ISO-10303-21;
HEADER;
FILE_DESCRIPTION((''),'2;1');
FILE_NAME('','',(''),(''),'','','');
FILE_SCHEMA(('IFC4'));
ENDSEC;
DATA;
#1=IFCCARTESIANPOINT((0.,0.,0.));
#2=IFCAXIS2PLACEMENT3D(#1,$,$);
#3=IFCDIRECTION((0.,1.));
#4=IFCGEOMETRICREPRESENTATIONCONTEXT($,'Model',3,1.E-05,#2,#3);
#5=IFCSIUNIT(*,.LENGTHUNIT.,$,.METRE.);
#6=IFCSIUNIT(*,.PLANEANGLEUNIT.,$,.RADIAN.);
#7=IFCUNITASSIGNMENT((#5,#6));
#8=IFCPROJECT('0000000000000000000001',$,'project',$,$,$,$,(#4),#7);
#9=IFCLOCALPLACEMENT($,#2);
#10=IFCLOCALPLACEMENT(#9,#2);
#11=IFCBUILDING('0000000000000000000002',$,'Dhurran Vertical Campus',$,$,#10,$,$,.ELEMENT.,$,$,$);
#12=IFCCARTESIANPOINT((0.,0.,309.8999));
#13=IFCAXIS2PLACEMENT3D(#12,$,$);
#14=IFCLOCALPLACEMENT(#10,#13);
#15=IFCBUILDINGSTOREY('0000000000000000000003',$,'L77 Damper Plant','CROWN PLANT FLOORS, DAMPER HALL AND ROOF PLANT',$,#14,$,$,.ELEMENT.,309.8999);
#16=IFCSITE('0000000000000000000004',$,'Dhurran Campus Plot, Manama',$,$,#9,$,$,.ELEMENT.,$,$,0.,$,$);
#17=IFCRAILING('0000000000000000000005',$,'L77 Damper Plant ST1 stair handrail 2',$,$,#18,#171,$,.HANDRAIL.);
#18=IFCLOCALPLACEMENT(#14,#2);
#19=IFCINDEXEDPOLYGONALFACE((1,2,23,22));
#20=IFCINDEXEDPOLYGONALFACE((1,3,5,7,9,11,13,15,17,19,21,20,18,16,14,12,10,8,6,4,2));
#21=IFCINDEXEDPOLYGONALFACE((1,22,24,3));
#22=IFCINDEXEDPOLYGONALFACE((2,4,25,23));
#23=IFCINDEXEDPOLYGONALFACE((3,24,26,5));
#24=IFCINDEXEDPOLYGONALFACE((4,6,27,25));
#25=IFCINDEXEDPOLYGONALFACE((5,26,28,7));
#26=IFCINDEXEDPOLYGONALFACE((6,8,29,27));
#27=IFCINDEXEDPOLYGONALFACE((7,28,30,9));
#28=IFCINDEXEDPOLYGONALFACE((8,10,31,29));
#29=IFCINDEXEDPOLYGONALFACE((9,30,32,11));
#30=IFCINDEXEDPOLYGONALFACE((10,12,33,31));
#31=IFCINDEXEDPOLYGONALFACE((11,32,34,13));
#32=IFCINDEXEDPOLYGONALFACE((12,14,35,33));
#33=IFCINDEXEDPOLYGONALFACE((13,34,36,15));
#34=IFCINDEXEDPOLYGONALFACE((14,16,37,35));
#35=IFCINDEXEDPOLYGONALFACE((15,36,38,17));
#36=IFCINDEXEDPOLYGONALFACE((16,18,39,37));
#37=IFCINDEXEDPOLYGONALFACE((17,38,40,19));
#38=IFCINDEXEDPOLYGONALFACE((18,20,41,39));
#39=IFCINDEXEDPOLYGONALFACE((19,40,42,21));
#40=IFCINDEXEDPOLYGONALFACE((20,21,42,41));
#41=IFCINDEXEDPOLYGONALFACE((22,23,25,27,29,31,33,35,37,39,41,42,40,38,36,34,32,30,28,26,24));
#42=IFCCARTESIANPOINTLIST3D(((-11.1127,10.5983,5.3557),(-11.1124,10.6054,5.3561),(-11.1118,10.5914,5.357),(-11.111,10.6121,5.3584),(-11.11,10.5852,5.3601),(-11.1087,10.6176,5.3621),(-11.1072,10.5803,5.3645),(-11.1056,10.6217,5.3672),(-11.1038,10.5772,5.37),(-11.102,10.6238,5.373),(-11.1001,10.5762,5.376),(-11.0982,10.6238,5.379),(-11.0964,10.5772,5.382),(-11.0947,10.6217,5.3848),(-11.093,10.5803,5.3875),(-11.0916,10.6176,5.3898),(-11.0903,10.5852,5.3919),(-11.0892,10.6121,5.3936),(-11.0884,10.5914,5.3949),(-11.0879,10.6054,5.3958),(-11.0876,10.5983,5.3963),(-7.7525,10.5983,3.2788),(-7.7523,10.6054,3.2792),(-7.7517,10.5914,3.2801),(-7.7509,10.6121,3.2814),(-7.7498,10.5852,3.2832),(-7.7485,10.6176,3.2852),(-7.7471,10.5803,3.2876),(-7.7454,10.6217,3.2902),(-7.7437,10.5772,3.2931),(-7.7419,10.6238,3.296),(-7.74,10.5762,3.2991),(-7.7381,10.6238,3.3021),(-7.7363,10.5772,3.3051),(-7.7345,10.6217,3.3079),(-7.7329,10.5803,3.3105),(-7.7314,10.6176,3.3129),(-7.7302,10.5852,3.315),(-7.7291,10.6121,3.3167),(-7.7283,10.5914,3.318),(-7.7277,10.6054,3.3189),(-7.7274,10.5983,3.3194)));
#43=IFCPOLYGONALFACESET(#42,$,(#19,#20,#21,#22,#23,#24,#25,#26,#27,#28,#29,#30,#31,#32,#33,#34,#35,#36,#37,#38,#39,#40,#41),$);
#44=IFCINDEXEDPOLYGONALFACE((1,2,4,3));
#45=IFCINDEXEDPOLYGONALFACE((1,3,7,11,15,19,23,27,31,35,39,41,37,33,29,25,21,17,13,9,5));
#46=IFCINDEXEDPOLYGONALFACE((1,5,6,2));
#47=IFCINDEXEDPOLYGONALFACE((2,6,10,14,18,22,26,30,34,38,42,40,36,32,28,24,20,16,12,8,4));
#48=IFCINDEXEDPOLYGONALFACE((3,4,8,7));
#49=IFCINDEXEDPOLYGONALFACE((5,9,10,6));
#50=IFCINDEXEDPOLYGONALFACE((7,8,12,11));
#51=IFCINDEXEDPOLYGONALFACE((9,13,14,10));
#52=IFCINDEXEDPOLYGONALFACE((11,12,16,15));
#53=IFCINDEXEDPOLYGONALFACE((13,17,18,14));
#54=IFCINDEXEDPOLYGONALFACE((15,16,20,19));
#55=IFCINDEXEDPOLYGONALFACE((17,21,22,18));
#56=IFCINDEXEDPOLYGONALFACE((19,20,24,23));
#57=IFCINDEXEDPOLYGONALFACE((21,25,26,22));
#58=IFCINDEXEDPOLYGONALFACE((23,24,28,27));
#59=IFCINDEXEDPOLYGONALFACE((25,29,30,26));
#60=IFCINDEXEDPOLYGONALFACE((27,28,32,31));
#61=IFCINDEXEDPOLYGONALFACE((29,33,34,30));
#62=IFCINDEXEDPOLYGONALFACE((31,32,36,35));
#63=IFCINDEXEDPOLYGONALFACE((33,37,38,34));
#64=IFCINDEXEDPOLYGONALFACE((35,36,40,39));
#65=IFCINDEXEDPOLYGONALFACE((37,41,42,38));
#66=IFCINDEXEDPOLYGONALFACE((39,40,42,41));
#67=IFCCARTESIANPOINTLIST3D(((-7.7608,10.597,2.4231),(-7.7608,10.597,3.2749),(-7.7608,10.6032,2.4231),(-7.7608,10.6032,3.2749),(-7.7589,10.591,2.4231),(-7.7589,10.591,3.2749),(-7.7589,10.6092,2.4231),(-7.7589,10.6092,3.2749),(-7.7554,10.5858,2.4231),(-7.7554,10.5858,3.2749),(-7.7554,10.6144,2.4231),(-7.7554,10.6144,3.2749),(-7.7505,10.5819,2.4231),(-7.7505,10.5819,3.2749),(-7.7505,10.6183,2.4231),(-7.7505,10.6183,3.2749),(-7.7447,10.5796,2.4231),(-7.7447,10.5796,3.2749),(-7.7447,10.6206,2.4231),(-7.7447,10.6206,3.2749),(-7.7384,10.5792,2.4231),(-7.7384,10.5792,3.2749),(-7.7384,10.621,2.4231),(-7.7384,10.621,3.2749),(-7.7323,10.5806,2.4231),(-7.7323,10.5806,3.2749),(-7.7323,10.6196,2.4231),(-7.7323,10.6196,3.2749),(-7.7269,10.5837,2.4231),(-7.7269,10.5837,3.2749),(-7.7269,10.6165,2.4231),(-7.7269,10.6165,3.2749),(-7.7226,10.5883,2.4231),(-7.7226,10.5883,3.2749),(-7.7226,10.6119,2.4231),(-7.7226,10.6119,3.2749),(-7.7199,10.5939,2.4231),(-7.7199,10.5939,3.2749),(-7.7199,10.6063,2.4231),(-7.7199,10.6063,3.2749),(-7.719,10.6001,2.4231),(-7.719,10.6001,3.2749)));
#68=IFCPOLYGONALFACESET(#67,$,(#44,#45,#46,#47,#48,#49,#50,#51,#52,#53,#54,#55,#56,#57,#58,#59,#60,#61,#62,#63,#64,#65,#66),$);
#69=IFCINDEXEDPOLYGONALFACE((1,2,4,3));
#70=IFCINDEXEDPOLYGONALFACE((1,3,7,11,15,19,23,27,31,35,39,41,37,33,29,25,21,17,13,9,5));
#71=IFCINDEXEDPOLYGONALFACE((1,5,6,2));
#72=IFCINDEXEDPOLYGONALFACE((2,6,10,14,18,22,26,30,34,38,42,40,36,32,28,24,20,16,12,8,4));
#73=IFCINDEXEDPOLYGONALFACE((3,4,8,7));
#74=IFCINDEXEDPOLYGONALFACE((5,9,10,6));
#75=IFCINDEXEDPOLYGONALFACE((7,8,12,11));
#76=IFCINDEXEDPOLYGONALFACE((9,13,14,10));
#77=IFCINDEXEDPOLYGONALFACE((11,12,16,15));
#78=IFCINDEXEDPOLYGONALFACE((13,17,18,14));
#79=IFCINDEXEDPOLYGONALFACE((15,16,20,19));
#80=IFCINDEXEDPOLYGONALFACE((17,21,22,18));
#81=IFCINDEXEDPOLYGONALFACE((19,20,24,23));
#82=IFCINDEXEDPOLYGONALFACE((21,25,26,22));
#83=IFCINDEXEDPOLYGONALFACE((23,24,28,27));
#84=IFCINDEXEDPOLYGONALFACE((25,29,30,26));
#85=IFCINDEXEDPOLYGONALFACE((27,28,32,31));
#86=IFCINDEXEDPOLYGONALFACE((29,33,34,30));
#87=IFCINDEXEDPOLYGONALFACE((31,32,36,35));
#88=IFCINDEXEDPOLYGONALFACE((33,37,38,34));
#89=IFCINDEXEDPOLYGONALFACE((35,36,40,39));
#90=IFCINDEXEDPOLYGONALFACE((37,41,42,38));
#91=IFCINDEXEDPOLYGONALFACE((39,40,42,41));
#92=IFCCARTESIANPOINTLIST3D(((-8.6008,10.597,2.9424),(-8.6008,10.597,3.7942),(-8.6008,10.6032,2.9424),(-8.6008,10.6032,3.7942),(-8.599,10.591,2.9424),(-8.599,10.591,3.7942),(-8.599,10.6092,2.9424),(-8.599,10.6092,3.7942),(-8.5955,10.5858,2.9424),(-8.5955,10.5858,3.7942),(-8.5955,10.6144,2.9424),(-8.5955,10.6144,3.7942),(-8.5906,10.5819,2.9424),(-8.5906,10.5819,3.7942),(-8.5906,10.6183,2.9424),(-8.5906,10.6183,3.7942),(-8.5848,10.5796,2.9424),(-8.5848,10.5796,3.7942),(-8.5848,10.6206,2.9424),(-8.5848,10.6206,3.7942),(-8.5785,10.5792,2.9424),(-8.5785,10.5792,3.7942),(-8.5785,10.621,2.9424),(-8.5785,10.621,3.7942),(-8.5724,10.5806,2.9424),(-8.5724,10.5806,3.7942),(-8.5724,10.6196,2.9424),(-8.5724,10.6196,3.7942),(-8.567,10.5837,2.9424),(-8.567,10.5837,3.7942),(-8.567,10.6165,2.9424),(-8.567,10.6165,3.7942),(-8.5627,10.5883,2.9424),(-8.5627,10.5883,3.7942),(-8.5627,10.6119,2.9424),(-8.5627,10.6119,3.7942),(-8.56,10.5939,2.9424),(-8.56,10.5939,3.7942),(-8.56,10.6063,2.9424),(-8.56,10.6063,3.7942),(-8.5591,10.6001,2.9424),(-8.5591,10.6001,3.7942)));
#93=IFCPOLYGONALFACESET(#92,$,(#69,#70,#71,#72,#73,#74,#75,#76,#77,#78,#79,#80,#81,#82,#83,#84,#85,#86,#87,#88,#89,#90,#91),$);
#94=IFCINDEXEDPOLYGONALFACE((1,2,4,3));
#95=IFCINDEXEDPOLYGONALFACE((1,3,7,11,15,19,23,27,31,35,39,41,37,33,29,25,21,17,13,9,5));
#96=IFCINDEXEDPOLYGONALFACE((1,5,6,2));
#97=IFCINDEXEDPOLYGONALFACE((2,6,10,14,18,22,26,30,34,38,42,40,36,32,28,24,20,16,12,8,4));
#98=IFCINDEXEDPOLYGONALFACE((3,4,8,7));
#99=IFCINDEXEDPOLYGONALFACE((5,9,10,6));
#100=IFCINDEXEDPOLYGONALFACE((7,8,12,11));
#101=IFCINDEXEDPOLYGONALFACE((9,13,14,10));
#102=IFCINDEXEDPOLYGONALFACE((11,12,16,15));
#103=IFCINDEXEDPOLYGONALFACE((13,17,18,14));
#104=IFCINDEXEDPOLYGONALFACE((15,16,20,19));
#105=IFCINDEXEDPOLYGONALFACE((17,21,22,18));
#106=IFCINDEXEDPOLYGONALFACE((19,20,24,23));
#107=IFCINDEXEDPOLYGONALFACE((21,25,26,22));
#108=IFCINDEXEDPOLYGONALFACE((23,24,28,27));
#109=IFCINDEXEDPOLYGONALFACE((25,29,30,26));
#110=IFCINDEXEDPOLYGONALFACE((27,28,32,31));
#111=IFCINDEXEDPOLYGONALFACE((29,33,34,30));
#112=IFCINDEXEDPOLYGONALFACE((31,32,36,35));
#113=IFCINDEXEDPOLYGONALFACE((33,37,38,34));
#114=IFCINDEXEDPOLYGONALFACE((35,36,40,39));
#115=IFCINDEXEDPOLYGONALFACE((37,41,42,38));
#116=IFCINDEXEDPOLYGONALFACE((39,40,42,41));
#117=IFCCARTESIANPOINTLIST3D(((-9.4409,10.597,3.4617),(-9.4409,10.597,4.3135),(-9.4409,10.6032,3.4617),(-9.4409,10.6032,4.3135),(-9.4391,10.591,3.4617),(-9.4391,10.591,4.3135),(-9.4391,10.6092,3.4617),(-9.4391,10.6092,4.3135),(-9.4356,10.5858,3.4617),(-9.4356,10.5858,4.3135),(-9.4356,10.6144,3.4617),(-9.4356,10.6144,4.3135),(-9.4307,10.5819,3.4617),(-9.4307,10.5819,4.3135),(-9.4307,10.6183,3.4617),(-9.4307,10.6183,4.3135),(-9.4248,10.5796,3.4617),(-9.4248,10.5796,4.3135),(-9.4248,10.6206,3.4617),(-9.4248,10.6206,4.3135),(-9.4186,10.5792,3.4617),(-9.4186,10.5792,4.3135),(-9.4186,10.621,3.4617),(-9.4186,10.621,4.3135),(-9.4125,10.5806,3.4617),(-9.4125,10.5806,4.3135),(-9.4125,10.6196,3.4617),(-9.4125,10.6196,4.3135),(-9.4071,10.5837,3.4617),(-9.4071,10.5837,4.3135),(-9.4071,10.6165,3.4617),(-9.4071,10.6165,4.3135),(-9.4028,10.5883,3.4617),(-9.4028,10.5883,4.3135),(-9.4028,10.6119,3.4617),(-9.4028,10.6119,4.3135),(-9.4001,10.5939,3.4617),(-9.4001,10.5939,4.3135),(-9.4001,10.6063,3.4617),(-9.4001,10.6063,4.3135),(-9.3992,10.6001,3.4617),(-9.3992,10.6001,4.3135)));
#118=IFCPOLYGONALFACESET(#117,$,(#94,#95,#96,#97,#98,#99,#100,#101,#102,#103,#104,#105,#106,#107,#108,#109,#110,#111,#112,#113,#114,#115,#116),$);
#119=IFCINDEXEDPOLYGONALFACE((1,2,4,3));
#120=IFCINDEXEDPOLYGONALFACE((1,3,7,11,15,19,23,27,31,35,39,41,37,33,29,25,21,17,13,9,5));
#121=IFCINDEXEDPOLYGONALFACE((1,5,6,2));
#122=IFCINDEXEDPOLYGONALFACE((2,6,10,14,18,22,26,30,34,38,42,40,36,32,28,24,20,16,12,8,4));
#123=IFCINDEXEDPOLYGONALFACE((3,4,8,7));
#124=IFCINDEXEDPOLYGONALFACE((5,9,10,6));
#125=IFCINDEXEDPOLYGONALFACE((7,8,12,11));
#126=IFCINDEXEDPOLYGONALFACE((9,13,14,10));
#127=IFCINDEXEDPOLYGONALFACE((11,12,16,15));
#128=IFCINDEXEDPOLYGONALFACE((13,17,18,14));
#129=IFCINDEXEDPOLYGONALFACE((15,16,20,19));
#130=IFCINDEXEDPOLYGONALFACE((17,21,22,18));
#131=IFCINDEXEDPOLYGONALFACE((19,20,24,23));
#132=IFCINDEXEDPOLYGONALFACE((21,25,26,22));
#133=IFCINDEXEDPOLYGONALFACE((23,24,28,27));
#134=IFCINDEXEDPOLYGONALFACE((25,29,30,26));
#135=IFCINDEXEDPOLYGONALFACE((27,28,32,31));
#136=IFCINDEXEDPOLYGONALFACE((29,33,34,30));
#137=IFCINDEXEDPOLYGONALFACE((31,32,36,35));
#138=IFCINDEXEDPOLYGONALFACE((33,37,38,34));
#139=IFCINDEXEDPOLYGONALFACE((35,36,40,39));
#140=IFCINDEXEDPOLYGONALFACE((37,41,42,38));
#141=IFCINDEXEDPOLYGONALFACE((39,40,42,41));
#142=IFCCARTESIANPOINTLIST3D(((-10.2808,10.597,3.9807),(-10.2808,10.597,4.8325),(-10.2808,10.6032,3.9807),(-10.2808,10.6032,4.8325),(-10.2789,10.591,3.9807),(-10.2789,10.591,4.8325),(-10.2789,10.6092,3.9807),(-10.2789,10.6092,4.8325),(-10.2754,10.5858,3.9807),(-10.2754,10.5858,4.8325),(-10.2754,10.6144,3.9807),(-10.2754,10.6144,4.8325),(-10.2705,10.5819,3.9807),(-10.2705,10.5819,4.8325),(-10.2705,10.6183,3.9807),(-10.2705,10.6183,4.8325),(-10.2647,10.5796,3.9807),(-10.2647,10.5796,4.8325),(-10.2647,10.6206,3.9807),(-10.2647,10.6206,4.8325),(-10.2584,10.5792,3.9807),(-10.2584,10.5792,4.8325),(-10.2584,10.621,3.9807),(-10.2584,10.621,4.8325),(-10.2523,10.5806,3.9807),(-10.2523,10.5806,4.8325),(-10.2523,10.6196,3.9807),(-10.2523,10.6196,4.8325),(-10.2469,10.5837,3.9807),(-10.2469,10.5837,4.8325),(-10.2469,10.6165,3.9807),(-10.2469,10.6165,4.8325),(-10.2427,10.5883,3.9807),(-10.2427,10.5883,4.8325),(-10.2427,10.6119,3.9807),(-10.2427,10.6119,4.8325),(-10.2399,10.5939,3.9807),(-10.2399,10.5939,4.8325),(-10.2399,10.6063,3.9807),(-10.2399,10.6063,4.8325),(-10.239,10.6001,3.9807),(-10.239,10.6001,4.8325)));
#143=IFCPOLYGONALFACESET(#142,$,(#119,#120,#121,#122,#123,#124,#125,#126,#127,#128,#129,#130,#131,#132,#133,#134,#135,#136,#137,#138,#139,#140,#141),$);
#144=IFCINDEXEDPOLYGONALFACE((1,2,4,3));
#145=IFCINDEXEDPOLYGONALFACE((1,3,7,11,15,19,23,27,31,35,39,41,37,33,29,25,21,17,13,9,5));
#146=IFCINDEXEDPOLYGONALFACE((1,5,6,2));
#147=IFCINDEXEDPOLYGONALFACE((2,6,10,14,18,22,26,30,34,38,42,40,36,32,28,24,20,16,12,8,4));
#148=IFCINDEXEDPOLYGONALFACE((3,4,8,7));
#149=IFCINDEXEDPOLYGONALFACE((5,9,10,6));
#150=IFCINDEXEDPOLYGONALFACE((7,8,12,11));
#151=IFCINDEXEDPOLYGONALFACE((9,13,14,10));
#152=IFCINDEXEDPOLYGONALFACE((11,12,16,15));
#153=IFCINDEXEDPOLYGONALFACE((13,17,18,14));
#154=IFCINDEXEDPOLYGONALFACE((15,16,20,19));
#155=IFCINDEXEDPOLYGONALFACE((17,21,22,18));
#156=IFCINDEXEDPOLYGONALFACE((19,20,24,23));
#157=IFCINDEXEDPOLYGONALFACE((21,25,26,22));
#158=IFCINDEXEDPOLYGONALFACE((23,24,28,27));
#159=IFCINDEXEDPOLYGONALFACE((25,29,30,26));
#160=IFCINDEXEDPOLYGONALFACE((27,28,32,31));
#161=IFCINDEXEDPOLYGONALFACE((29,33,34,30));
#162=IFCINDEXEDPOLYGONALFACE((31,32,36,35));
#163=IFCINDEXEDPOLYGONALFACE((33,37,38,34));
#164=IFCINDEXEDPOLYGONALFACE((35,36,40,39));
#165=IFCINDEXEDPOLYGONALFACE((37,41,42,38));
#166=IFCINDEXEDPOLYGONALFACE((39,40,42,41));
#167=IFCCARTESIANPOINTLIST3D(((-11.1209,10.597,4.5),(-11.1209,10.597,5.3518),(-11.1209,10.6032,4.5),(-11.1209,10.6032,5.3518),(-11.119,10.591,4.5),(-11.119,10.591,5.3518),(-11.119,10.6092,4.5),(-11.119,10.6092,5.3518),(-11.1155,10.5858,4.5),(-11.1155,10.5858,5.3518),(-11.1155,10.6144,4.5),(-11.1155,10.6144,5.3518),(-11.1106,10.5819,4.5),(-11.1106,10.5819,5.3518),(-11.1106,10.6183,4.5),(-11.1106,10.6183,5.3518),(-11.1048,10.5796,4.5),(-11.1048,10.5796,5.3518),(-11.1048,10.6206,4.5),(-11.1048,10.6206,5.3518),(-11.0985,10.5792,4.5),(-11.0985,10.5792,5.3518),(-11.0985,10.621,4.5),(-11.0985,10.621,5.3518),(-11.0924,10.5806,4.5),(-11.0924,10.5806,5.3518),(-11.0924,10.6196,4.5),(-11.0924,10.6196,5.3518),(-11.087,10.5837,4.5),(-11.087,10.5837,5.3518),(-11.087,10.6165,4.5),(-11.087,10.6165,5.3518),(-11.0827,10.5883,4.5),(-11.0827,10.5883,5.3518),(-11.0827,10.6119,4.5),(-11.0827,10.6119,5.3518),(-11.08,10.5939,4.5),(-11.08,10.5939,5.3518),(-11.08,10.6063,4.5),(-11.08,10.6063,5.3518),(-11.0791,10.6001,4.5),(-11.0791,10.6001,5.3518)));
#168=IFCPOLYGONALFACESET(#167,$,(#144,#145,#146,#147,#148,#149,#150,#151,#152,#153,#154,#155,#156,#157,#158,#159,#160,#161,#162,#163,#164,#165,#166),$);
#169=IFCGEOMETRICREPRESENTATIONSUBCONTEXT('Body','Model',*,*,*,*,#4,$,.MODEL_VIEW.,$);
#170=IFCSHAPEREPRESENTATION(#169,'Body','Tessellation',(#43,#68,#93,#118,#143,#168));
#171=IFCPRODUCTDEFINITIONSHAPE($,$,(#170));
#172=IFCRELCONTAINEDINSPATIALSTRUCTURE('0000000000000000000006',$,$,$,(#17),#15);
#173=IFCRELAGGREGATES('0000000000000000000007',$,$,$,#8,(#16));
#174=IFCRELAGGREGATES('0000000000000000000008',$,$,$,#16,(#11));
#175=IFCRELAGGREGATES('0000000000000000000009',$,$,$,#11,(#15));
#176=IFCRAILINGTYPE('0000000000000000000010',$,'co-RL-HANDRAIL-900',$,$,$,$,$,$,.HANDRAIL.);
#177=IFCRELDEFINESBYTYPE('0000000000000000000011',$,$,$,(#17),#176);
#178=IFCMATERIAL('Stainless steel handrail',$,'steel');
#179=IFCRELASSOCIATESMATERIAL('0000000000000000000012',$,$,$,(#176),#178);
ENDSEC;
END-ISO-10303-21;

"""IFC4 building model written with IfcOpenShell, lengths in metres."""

from ifc_helpers import new_model, si_unit, direction, frame, origin, origin_2d, place, context, subcontext, project, spatial, circle, extrude, material, type_object, element, save


model = new_model("IFC4")

# Units and contexts
model_context = context("Model", 3, precision=1e-05, world=origin(), true_north=direction((0.0, 1.0)))
body_context = subcontext(model_context, "Body", "Model", "MODEL_VIEW")
ifc_project = project(units=[si_unit("LENGTHUNIT", "METRE"), si_unit("PLANEANGLEUNIT", "RADIAN")], contexts=[model_context])

# Site, building, storey
site_placement = place(None, origin())
site = spatial("IfcSite", under=ifc_project, at=site_placement, Name="Dhurran Campus Plot, Manama", CompositionType="ELEMENT", RefElevation=0.0)
building_placement = place(site_placement, origin())
building = spatial("IfcBuilding", under=site, at=building_placement, Name="Dhurran Vertical Campus", CompositionType="ELEMENT")
storey_placement = place(building_placement, frame((0.0, 0.0, 309.8999)))
storey = spatial("IfcBuildingStorey", under=building, at=storey_placement, Name="L77 Damper Plant", Description="CROWN PLANT FLOORS, DAMPER HALL AND ROOF PLANT", CompositionType="ELEMENT", Elevation=309.8999)

# Railing
ifc_material_1 = material(Name="Stainless steel handrail", Category="steel")
railing_type_1 = type_object("IfcRailingType", Name="co-RL-HANDRAIL-900", PredefinedType="HANDRAIL", material=ifc_material_1)
for number, where, name in (
    (1, (-7.74, 10.6001, 2.4231), "L77 Damper Plant ST1 stair handrail 2"),
):
    element("IfcRailing", number, at=place(storey_placement, frame(where)), inside=storey, type_object=railing_type_1, Name=name, PredefinedType="HANDRAIL", context=body_context, shape_type="SweptSolid", body=[
        extrude(circle(Radius=0.0239, at=origin_2d()), frame((0.0, 0.0, 0.876), z_axis=(-0.850623, 0.0, 0.525776), x_axis=(0.0, -1.0, 0.0)), (0.0, 0.0, 1.0), 3.9502),
        extrude(circle(Radius=0.021, at=origin_2d()), origin(), (0.0, 0.0, 1.0), 0.8518),
        extrude(circle(Radius=0.021, at=origin_2d()), frame((-0.8401, 0.0, 0.5193)), (0.0, 0.0, 1.0), 0.8518),
        extrude(circle(Radius=0.021, at=origin_2d()), frame((-1.6802, 0.0, 1.0386)), (0.0, 0.0, 1.0), 0.8518),
        extrude(circle(Radius=0.021, at=origin_2d()), frame((-2.52, 0.0, 1.5576)), (0.0, 0.0, 1.0), 0.8518),
        extrude(circle(Radius=0.021, at=origin_2d()), frame((-3.3601, 0.0, 2.0769)), (0.0, 0.0, 1.0), 0.8518),
    ])

save(model, "model.ifc")
